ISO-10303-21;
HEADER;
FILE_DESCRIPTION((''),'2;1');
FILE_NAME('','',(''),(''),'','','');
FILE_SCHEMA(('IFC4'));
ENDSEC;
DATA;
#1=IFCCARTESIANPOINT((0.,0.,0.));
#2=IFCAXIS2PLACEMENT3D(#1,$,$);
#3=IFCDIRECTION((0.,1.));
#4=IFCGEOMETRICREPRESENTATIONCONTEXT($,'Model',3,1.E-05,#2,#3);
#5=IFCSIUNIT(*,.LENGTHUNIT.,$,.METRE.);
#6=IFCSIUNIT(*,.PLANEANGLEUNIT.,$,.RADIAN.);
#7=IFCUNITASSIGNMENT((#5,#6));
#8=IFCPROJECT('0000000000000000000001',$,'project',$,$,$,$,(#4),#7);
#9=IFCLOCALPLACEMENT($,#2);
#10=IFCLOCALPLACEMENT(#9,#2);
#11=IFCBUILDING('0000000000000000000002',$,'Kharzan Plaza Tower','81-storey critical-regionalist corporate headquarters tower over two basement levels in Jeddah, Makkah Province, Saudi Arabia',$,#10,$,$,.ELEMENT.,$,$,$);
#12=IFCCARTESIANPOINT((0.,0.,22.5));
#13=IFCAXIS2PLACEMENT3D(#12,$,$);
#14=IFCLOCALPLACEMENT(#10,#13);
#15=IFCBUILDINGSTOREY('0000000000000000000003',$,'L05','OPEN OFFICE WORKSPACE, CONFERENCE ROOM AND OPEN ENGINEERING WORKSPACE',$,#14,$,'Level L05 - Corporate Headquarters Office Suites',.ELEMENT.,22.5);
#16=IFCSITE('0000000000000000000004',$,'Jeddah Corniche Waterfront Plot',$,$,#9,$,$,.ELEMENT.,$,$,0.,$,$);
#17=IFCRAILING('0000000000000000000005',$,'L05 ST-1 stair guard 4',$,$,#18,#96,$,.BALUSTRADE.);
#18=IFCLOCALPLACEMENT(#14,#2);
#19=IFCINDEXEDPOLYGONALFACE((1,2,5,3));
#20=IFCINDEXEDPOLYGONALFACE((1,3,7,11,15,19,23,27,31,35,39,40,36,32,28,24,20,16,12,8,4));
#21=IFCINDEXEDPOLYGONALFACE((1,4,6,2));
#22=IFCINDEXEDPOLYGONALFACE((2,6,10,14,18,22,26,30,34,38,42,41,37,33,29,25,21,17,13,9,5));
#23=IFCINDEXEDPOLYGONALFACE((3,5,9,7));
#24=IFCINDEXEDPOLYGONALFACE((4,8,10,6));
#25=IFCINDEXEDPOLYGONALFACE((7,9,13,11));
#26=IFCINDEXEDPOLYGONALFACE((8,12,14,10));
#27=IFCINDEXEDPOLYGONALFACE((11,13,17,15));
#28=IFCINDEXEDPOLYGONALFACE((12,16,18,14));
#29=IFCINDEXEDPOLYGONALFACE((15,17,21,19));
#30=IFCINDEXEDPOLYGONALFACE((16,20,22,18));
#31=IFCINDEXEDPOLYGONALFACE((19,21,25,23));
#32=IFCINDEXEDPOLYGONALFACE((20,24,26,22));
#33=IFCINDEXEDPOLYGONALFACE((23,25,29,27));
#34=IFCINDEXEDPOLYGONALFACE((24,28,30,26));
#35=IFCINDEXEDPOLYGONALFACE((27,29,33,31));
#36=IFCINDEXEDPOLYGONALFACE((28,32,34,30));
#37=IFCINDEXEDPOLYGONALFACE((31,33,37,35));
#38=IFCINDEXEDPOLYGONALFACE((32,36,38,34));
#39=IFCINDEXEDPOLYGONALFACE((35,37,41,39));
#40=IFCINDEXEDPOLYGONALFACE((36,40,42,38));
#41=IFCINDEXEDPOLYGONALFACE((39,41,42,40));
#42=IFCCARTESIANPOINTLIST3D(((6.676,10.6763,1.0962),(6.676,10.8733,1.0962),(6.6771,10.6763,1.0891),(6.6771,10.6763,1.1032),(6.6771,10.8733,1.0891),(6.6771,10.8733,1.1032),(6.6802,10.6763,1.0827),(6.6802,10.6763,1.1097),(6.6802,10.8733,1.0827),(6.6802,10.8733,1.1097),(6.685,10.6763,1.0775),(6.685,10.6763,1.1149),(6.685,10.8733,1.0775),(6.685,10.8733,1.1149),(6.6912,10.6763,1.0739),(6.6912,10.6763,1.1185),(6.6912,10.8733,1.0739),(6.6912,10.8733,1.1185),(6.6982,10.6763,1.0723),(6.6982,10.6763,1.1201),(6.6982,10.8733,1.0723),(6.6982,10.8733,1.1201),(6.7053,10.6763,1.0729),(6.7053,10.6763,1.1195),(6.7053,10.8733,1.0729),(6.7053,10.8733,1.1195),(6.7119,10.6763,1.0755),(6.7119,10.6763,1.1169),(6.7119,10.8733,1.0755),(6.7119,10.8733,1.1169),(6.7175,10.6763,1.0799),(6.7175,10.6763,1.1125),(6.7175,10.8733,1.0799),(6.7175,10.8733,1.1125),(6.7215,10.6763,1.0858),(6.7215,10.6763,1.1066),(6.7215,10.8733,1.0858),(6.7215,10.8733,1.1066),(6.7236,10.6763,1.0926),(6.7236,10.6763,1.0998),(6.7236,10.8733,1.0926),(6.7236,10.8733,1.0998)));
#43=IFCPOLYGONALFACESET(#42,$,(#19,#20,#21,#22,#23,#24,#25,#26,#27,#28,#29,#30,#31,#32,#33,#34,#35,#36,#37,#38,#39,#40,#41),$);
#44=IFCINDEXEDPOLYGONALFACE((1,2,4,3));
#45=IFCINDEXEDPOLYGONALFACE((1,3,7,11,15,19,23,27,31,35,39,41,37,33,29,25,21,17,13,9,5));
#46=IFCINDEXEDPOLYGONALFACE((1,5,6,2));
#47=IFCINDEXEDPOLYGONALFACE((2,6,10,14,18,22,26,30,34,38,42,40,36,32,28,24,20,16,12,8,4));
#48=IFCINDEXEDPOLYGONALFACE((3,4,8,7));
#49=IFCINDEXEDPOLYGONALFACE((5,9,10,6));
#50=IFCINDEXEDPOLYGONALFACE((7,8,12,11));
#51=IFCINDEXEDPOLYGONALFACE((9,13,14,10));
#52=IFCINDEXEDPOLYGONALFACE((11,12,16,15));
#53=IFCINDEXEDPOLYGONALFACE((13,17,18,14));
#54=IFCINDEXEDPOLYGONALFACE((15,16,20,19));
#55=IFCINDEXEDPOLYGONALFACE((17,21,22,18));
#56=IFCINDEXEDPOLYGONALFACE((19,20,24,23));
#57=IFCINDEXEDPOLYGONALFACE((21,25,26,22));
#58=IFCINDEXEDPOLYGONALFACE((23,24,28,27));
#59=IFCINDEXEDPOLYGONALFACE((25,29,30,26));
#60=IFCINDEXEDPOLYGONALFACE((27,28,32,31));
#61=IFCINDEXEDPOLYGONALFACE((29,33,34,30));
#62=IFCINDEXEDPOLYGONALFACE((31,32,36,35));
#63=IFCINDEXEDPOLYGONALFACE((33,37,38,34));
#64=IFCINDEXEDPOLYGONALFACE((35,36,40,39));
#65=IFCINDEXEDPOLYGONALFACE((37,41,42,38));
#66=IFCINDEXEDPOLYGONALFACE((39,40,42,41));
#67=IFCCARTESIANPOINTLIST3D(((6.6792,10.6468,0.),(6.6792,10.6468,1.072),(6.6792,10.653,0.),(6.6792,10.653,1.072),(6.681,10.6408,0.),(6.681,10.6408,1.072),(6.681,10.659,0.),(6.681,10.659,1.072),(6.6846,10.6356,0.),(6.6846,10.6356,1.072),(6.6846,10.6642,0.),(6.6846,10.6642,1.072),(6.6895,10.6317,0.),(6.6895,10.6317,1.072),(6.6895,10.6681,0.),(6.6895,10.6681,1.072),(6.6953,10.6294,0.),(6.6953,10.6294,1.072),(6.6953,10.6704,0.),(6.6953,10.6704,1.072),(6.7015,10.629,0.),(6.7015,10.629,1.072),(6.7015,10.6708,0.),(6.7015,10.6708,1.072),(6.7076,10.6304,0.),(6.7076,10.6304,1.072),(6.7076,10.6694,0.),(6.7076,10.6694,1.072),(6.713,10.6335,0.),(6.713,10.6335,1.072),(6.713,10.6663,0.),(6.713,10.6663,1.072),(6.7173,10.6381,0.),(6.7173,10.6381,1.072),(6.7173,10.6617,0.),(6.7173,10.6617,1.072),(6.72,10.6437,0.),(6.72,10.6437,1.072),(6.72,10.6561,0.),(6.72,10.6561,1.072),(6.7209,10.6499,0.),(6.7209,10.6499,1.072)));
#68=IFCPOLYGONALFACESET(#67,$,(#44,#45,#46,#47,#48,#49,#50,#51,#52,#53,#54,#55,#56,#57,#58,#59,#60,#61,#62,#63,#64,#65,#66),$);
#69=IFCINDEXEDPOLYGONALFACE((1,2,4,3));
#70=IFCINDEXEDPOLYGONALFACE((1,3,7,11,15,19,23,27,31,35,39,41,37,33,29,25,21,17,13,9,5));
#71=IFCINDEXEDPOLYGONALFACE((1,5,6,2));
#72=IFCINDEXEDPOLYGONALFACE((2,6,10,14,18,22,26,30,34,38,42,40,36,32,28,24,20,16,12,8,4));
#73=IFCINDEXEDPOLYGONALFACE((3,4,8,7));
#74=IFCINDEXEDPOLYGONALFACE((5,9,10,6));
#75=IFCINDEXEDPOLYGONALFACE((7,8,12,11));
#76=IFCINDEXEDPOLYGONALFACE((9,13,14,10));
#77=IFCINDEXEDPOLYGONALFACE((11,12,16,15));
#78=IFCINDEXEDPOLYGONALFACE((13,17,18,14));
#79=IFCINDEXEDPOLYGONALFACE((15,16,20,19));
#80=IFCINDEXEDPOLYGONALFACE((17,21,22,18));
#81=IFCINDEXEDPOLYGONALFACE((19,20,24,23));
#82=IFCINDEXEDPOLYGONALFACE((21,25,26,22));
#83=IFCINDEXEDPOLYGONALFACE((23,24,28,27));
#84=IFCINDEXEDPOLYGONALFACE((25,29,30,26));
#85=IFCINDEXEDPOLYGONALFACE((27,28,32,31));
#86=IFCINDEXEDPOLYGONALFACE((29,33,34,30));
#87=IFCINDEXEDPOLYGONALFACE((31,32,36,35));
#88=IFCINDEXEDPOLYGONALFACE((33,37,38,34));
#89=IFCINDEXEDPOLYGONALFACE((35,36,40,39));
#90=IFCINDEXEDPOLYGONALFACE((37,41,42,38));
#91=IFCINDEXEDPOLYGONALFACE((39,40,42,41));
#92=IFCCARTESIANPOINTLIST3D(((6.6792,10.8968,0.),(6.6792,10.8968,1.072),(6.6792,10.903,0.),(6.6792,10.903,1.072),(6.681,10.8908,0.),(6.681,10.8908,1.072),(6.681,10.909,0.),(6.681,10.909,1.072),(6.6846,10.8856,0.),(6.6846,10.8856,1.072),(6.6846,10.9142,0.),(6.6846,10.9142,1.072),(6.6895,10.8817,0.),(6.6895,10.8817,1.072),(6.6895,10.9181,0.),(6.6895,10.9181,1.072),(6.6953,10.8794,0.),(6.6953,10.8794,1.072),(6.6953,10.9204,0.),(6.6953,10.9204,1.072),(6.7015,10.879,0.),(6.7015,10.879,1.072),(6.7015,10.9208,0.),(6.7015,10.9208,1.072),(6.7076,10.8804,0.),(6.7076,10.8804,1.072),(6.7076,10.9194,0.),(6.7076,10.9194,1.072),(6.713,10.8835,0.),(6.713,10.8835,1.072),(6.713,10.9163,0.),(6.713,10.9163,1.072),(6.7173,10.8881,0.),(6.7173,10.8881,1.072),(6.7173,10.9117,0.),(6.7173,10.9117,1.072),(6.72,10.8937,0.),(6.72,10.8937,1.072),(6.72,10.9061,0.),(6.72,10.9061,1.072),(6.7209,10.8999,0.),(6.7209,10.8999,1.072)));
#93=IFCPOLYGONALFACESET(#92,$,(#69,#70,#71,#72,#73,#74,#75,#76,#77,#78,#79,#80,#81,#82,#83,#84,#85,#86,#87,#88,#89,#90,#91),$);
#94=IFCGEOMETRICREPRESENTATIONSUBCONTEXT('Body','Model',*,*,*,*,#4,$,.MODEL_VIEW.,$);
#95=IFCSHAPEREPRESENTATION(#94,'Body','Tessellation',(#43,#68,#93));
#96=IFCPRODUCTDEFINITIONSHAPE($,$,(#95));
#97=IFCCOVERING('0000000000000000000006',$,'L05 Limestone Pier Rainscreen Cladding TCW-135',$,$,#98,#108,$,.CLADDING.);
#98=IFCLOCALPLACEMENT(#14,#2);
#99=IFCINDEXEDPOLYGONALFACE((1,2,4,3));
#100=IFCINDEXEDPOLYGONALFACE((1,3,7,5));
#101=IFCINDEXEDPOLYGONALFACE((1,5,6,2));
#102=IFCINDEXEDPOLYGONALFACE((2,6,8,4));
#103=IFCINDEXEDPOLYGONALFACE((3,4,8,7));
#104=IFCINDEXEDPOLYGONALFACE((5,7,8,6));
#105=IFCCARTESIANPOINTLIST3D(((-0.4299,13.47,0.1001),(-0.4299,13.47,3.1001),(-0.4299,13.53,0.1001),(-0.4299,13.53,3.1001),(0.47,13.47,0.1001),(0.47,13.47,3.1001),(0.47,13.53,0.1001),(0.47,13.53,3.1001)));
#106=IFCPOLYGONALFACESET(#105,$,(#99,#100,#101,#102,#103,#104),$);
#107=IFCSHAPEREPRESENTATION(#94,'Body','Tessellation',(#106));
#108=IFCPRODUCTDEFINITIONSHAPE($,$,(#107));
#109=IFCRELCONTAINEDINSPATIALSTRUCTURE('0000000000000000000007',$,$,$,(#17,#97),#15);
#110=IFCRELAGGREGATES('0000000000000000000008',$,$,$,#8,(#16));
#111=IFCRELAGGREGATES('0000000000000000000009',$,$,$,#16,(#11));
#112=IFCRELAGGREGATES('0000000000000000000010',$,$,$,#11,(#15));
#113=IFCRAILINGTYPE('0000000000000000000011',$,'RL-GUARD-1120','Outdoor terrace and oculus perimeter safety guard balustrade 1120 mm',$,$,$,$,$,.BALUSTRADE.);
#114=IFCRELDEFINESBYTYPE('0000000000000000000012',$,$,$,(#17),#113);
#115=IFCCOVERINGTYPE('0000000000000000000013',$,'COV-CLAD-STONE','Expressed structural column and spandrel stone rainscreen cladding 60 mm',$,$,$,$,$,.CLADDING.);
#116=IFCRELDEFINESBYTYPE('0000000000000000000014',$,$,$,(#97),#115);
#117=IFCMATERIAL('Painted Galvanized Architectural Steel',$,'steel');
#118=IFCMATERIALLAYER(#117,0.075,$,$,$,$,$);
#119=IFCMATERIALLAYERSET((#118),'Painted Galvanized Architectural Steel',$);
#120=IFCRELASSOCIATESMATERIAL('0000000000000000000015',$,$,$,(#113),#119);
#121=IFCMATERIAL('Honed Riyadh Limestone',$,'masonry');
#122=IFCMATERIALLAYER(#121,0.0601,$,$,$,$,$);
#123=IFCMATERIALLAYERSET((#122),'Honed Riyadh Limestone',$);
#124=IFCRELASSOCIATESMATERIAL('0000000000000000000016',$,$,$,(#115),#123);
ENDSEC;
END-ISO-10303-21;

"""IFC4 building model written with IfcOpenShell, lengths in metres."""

from ifc_helpers import new_model, si_unit, direction, frame, origin, origin_2d, place, context, subcontext, project, spatial, rectangle, circle, extrude, source, transform, mapped, material, layer, layer_set, type_object, element, save


model = new_model("IFC4")

# Units and contexts
model_context = context("Model", 3, precision=1e-05, world=origin(), true_north=direction((0.0, 1.0)))
body_context = subcontext(model_context, "Body", "Model", "MODEL_VIEW")
ifc_project = project(units=[si_unit("LENGTHUNIT", "METRE"), si_unit("PLANEANGLEUNIT", "RADIAN")], contexts=[model_context])

# Site, building, storey
site_placement = place(None, origin())
site = spatial("IfcSite", under=ifc_project, at=site_placement, Name="Jeddah Corniche Waterfront Plot", CompositionType="ELEMENT", RefElevation=0.0)
building_placement = place(site_placement, origin())
building = spatial("IfcBuilding", under=site, at=building_placement, Name="Kharzan Plaza Tower", Description="81-storey critical-regionalist corporate headquarters tower over two basement levels in Jeddah, Makkah Province, Saudi Arabia", CompositionType="ELEMENT")
storey_placement = place(building_placement, frame((0.0, 0.0, 22.5)))
storey = spatial("IfcBuildingStorey", under=building, at=storey_placement, Name="L05", Description="OPEN OFFICE WORKSPACE, CONFERENCE ROOM AND OPEN ENGINEERING WORKSPACE", LongName="Level L05 - Corporate Headquarters Office Suites", CompositionType="ELEMENT", Elevation=22.5)

# Railing
ifc_material_1 = material(Name="Painted Galvanized Architectural Steel", Category="steel")
ifc_layer_1 = layer(ifc_material_1, 0.075)
ifc_layer_set_1 = layer_set([ifc_layer_1], Name="Painted Galvanized Architectural Steel")
railing_type = type_object("IfcRailingType", Name="RL-GUARD-1120", Description="Outdoor terrace and oculus perimeter safety guard balustrade 1120 mm", PredefinedType="BALUSTRADE", material=ifc_layer_set_1)
shared_shape_1 = source(origin(), body_context, "Body", "SweptSolid", [
    extrude(circle(Radius=0.0239, at=origin_2d()), frame((0.0, 0.0264, 1.0962), z_axis=(0.0, 1.0, 0.0), x_axis=(-1.0, 0.0, 0.0)), (0.0, 0.0, 1.0), 0.197),
    extrude(circle(Radius=0.021, at=origin_2d()), origin(), (0.0, 0.0, 1.0), 1.072),
    extrude(circle(Radius=0.021, at=origin_2d()), frame((0.0, 0.25, 0.0)), (0.0, 0.0, 1.0), 1.072),
])
railing_placement = place(storey_placement, frame((6.7, 10.6499, 0.0)))
element("IfcRailing", 1, at=railing_placement, inside=storey, type_object=railing_type, Name="L05 ST-1 stair guard 4", PredefinedType="BALUSTRADE", context=body_context, shape_type="MappedRepresentation", body=[
    mapped(shared_shape_1, transform((0.0, 0.0, 0.0), x_axis=(1.0, 0.0, 0.0), y_axis=(0.0, 1.0, 0.0), z_axis=(0.0, 0.0, 1.0))),
])

# Covering
ifc_material_2 = material(Name="Honed Riyadh Limestone", Category="masonry")
ifc_layer_2 = layer(ifc_material_2, 0.0601)
ifc_layer_set_2 = layer_set([ifc_layer_2], Name="Honed Riyadh Limestone")
covering_type = type_object("IfcCoveringType", Name="COV-CLAD-STONE", Description="Expressed structural column and spandrel stone rainscreen cladding 60 mm", PredefinedType="CLADDING", material=ifc_layer_set_2)
shared_shape_2 = source(origin(), body_context, "Body", "SweptSolid", [
    extrude(rectangle(XDim=0.0601, YDim=0.8999, at=origin_2d()), origin(), (0.0, 0.0, 1.0), 3.0),
])
covering_placement = place(storey_placement, frame((0.02, 13.5, 0.1001), z_axis=(0.0, 0.0, 1.0), x_axis=(0.0, 1.0, 0.0)))
element("IfcCovering", 2, at=covering_placement, inside=storey, type_object=covering_type, Name="L05 Limestone Pier Rainscreen Cladding TCW-135", PredefinedType="CLADDING", context=body_context, shape_type="MappedRepresentation", body=[
    mapped(shared_shape_2, transform((0.0, 0.0, 0.0), x_axis=(1.0, 0.0, 0.0), y_axis=(0.0, 1.0, 0.0), z_axis=(0.0, 0.0, 1.0))),
])

save(model, "model.ifc")
